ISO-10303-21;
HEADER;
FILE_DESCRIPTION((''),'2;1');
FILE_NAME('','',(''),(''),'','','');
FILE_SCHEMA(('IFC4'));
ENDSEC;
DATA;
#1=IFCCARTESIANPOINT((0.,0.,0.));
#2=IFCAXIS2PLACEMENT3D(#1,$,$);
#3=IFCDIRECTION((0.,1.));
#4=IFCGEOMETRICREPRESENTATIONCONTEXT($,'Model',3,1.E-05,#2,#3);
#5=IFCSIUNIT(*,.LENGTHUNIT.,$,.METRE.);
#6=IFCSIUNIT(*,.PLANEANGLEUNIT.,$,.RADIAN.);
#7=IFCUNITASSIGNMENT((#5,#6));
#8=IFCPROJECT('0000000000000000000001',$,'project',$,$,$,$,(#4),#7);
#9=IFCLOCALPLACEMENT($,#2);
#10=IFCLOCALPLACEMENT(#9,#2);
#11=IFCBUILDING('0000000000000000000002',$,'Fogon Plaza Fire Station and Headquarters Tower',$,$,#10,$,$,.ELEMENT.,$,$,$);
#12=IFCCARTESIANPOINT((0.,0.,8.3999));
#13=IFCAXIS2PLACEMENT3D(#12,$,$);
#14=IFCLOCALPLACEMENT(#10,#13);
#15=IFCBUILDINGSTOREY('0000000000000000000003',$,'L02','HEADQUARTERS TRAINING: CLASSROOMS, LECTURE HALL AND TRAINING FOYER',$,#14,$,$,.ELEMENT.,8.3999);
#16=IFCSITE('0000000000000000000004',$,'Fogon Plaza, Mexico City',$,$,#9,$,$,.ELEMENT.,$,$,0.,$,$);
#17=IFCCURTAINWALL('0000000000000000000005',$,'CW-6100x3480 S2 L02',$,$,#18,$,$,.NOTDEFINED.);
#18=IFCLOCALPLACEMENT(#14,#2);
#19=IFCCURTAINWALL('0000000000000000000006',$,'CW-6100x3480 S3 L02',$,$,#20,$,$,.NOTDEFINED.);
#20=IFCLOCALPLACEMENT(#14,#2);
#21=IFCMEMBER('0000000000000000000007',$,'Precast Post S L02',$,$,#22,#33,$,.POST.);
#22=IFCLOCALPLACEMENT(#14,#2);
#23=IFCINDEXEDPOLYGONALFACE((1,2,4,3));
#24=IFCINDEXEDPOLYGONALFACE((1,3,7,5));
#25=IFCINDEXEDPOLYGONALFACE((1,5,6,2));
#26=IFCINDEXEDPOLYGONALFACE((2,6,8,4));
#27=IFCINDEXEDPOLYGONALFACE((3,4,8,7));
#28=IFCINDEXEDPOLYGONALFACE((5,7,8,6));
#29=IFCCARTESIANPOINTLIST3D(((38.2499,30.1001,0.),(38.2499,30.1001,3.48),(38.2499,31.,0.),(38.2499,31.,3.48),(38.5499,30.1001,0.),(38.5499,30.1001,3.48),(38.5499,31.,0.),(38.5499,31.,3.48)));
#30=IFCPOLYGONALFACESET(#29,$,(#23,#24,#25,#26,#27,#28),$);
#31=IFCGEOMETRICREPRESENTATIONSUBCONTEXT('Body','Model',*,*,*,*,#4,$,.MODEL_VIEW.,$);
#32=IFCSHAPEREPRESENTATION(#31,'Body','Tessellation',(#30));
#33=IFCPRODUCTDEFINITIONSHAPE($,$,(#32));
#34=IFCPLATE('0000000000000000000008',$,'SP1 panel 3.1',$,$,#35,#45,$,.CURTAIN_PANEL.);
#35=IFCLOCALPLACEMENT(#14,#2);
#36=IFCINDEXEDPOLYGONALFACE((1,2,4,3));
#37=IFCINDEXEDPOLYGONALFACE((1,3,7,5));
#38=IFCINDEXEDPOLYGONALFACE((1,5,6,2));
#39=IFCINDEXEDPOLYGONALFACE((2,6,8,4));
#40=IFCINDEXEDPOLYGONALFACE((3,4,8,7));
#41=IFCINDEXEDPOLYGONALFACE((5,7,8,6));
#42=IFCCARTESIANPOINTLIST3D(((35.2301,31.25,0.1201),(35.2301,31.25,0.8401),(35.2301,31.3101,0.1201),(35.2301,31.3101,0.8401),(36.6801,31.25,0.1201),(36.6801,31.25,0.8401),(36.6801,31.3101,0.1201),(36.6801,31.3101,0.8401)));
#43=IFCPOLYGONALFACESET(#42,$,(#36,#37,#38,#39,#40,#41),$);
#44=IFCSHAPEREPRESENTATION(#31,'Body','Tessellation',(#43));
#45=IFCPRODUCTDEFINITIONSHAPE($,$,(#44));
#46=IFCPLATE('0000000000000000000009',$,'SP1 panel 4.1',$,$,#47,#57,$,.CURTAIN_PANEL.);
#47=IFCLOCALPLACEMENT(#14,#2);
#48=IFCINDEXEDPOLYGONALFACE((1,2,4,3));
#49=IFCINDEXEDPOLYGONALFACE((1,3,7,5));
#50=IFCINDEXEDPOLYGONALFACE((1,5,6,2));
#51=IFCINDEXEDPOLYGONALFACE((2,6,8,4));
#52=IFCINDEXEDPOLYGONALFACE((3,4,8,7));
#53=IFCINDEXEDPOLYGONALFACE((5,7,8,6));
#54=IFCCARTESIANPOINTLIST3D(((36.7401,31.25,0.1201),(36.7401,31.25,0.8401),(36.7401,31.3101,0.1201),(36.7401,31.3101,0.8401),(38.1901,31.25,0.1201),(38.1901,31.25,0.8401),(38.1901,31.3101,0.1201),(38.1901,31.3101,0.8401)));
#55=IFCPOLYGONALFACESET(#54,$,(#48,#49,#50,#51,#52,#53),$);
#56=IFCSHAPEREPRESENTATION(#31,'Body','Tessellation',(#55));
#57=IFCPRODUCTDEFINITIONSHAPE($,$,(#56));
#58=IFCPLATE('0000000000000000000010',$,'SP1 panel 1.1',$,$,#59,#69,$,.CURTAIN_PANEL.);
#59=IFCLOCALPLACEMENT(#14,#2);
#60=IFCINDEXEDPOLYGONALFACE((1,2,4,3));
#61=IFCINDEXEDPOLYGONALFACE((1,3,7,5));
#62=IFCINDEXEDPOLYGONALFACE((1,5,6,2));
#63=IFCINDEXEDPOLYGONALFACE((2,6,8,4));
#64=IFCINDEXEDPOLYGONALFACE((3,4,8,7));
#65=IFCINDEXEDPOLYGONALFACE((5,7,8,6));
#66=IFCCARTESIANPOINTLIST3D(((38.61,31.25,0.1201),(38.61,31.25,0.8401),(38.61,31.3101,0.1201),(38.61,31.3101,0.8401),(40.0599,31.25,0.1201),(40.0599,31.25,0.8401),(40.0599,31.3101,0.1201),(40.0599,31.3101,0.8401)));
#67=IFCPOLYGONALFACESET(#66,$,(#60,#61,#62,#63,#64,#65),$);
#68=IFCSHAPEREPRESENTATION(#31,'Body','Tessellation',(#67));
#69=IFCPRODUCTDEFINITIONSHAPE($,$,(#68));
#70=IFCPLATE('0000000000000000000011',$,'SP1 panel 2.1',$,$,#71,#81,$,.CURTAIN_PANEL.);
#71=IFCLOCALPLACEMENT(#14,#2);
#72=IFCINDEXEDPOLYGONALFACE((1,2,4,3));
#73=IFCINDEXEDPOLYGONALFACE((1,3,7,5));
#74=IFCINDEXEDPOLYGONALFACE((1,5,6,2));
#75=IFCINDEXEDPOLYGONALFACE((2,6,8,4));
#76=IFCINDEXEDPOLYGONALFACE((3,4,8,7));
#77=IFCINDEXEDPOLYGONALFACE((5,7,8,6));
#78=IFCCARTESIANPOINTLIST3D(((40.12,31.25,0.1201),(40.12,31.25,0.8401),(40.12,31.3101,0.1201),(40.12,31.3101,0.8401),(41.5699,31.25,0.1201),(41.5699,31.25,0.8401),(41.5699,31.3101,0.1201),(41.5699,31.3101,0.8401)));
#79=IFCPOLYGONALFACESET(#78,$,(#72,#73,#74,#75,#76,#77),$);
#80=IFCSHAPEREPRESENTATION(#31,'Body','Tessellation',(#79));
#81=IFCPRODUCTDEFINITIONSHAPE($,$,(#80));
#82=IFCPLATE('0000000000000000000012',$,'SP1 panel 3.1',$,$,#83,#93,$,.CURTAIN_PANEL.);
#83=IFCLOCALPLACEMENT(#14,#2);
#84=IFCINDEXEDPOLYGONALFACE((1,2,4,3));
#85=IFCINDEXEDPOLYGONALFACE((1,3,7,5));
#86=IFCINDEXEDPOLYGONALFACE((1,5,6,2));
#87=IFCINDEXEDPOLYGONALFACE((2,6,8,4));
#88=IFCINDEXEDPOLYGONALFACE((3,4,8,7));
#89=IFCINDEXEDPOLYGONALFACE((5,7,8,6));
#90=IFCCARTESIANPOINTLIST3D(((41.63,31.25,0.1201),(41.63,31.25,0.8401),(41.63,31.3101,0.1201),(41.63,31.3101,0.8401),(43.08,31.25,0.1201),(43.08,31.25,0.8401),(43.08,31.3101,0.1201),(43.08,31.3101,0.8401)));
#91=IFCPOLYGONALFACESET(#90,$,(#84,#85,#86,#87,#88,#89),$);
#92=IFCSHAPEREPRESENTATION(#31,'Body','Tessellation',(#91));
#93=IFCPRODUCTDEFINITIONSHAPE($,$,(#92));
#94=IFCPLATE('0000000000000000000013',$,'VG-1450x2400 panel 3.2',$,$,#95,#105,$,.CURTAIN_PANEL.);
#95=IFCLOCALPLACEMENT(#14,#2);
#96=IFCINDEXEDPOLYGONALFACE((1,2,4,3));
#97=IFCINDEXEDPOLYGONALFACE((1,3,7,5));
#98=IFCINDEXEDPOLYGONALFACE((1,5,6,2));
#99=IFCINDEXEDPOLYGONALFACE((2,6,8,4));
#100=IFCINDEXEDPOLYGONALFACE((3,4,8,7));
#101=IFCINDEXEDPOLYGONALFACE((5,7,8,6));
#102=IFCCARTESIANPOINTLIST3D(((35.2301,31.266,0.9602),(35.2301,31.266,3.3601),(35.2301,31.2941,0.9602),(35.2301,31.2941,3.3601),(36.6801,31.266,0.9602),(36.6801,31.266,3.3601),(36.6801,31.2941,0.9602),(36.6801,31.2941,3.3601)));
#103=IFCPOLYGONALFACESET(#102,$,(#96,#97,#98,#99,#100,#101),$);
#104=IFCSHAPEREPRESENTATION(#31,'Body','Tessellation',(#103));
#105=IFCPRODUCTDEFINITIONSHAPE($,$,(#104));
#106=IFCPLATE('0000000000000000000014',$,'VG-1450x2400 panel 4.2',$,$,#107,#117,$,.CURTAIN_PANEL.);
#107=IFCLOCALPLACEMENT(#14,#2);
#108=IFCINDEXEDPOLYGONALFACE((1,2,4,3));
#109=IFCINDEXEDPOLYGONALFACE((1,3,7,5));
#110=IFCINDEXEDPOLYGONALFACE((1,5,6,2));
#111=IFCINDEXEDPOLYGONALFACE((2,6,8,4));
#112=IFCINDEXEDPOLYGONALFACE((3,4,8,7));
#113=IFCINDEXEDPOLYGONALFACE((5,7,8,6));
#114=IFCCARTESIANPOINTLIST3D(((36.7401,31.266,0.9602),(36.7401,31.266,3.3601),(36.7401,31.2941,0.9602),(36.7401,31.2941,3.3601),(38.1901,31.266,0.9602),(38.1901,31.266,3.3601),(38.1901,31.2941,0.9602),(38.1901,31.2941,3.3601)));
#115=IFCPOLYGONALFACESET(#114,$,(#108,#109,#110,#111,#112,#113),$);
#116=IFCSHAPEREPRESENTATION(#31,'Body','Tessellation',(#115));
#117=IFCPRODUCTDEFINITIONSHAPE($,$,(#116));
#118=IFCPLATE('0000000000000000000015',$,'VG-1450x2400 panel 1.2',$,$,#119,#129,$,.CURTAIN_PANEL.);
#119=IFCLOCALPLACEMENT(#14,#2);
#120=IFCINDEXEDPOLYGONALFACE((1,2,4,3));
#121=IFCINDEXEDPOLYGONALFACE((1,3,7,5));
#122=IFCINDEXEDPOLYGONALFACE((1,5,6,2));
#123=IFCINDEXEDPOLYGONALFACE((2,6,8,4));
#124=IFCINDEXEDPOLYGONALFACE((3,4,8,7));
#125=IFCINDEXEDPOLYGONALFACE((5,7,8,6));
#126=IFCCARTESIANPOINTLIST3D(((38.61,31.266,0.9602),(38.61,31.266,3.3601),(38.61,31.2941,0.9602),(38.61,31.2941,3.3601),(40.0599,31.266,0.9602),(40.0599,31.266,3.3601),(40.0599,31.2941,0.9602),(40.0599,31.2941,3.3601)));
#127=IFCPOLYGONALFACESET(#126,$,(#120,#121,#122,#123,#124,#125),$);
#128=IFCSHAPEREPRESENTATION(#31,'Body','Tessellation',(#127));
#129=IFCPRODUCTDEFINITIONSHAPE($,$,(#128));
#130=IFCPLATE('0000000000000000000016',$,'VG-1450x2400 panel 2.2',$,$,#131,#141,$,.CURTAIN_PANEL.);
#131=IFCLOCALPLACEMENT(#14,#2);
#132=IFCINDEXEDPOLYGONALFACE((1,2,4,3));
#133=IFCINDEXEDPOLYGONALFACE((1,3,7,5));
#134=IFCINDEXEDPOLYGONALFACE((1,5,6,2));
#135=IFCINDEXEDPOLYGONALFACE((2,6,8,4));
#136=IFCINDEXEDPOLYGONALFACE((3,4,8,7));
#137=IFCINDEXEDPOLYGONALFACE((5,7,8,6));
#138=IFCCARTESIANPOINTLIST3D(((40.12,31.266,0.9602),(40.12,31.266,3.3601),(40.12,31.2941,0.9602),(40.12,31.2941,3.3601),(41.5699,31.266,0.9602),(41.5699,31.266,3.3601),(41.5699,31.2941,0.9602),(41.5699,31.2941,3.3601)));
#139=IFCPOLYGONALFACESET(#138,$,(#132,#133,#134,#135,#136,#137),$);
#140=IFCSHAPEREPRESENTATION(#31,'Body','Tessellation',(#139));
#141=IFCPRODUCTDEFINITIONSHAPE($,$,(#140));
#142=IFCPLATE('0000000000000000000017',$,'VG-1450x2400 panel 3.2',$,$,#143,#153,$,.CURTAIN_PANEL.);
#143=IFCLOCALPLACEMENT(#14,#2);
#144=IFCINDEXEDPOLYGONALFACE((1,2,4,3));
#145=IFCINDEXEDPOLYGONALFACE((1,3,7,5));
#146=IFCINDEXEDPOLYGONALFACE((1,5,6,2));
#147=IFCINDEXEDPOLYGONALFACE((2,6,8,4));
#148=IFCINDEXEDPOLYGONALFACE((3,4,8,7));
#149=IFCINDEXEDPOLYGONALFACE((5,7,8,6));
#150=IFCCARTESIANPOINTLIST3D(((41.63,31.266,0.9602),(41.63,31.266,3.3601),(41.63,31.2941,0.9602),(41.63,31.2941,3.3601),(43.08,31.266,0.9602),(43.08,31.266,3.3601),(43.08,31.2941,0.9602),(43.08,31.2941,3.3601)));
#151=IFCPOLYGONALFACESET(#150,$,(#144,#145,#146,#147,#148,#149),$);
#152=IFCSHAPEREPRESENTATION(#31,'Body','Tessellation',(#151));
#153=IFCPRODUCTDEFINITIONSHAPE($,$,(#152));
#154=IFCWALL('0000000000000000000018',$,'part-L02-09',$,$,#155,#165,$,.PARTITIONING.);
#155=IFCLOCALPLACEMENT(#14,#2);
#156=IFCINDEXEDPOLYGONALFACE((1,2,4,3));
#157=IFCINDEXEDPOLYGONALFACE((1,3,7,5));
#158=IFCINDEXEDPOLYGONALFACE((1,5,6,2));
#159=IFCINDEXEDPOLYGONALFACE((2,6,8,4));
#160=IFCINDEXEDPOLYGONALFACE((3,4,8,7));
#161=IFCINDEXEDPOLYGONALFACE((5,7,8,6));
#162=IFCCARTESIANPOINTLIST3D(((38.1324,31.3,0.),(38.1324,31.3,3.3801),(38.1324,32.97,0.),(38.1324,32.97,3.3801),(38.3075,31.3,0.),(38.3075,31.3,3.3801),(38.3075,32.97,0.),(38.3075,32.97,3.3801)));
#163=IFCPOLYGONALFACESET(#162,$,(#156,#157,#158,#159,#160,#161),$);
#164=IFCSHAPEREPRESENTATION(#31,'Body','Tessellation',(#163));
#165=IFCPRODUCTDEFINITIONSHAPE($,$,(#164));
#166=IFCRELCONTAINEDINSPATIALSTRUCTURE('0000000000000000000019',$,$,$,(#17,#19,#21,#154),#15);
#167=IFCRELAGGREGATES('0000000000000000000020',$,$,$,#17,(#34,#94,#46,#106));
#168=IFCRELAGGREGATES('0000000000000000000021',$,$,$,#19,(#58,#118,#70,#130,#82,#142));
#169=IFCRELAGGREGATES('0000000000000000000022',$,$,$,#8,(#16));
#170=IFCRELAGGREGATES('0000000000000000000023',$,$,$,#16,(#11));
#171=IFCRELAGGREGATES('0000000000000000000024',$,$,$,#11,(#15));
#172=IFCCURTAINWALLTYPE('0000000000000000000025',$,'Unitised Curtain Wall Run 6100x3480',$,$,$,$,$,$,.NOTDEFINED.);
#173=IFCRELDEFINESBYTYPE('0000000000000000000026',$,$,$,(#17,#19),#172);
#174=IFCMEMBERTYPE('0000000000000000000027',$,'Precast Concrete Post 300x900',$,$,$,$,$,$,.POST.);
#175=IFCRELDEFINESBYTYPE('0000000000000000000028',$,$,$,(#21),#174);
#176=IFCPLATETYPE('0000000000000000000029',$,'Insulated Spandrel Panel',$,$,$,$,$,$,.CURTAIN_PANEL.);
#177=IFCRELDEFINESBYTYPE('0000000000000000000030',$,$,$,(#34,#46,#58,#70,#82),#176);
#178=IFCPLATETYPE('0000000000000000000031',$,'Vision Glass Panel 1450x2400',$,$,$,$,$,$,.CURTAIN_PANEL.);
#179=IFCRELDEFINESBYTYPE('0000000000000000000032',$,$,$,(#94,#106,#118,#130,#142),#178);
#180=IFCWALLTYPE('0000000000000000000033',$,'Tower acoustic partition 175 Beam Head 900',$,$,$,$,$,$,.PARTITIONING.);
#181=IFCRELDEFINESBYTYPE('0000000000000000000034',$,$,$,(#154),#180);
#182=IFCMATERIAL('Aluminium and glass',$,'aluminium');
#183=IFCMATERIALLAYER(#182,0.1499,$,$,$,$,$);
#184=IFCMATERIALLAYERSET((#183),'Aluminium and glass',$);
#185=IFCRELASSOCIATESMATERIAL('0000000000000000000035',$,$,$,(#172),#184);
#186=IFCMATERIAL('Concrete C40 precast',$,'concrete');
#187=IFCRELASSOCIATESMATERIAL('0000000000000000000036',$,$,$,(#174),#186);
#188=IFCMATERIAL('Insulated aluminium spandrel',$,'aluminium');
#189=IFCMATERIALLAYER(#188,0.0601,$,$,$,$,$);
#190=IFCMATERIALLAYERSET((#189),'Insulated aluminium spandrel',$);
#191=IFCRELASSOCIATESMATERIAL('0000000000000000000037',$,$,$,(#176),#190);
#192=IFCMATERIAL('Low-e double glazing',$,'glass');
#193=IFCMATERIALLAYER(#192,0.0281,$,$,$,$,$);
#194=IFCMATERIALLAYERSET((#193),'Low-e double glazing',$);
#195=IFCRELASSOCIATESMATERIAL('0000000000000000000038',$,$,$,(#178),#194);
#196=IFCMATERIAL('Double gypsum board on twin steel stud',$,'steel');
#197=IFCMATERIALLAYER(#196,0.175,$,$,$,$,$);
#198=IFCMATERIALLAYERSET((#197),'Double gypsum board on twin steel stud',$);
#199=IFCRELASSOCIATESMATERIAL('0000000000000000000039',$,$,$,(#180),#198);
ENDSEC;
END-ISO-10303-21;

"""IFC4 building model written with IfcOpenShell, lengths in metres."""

from ifc_helpers import new_model, si_unit, direction, frame, frame_2d, origin, origin_2d, place, context, subcontext, project, spatial, rectangle, extrude, material, layer, layer_set, material_profile, profile_set, type_object, element, aggregate, save


model = new_model("IFC4")

# Units and contexts
model_context = context("Model", 3, precision=1e-05, world=origin(), true_north=direction((0.0, 1.0)))
body_context = subcontext(model_context, "Body", "Model", "MODEL_VIEW")
ifc_project = project(units=[si_unit("LENGTHUNIT", "METRE"), si_unit("PLANEANGLEUNIT", "RADIAN")], contexts=[model_context])

# Site, building, storey
site_placement = place(None, origin())
site = spatial("IfcSite", under=ifc_project, at=site_placement, Name="Fogon Plaza, Mexico City", CompositionType="ELEMENT", RefElevation=0.0)
building_placement = place(site_placement, origin())
building = spatial("IfcBuilding", under=site, at=building_placement, Name="Fogon Plaza Fire Station and Headquarters Tower", CompositionType="ELEMENT")
storey_placement = place(building_placement, frame((0.0, 0.0, 8.3999)))
storey = spatial("IfcBuildingStorey", under=building, at=storey_placement, Name="L02", Description="HEADQUARTERS TRAINING: CLASSROOMS, LECTURE HALL AND TRAINING FOYER", CompositionType="ELEMENT", Elevation=8.3999)

# Curtain walls
ifc_material_1 = material(Name="Aluminium and glass", Category="aluminium")
ifc_layer_1 = layer(ifc_material_1, 0.1499)
ifc_layer_set_1 = layer_set([ifc_layer_1], Name="Aluminium and glass")
curtain_wall_type = type_object("IfcCurtainWallType", Name="Unitised Curtain Wall Run 6100x3480", PredefinedType="NOTDEFINED", material=ifc_layer_set_1)
curtain_wall_1_placement = place(storey_placement, origin())
curtain_wall_1 = element("IfcCurtainWall", 1, at=curtain_wall_1_placement, inside=storey, type_object=curtain_wall_type, Name="CW-6100x3480 S2 L02", PredefinedType="NOTDEFINED")
curtain_wall_2_placement = place(storey_placement, origin())
curtain_wall_2 = element("IfcCurtainWall", 2, at=curtain_wall_2_placement, inside=storey, type_object=curtain_wall_type, Name="CW-6100x3480 S3 L02", PredefinedType="NOTDEFINED")

# Member
ifc_material_2 = material(Name="Concrete C40 precast", Category="concrete")
ifc_material_profile_1 = material_profile(ifc_material_2, rectangle(XDim=0.3, YDim=0.8999, at=origin_2d()), Name="Precast Concrete Post 300x900")
ifc_profile_set_1 = profile_set([ifc_material_profile_1], Name="Concrete C40 precast")
member_type_1 = type_object("IfcMemberType", Name="Precast Concrete Post 300x900", PredefinedType="POST", material=ifc_profile_set_1)
member_1_placement = place(storey_placement, frame((38.3999, 30.55, 0.0), z_axis=(0.0, 0.0, 1.0), x_axis=(1.0, 0.0, 0.0)))
element("IfcMember", 3, at=member_1_placement, inside=storey, type_object=member_type_1, Name="Precast Post S L02", PredefinedType="POST", context=body_context, shape_type="SweptSolid", body=[
    extrude(rectangle(XDim=0.3, YDim=0.8999, at=origin_2d()), origin(), (0.0, 0.0, 1.0), 3.48),
])

# Plates
ifc_material_3 = material(Name="Insulated aluminium spandrel", Category="aluminium")
ifc_layer_2 = layer(ifc_material_3, 0.0601)
ifc_layer_set_2 = layer_set([ifc_layer_2], Name="Insulated aluminium spandrel")
plate_type_1 = type_object("IfcPlateType", Name="Insulated Spandrel Panel", PredefinedType="CURTAIN_PANEL", material=ifc_layer_set_2)
plate_1_placement = place(storey_placement, frame((35.9551, 31.28, 0.1201), z_axis=(0.0, 0.0, 1.0), x_axis=(1.0, 0.0, 0.0)))
plate_1 = element("IfcPlate", 4, at=plate_1_placement, type_object=plate_type_1, Name="SP1 panel 3.1", PredefinedType="CURTAIN_PANEL", context=body_context, shape_type="SweptSolid", body=[
    extrude(rectangle(XDim=1.45, YDim=0.0601, at=origin_2d()), origin(), (0.0, 0.0, 1.0), 0.72),
])
plate_2_placement = place(storey_placement, frame((37.4651, 31.28, 0.1201), z_axis=(0.0, 0.0, 1.0), x_axis=(1.0, 0.0, 0.0)))
plate_2 = element("IfcPlate", 5, at=plate_2_placement, type_object=plate_type_1, Name="SP1 panel 4.1", PredefinedType="CURTAIN_PANEL", context=body_context, shape_type="SweptSolid", body=[
    extrude(rectangle(XDim=1.45, YDim=0.0601, at=origin_2d()), origin(), (0.0, 0.0, 1.0), 0.72),
])
plate_3_placement = place(storey_placement, frame((39.335, 31.28, 0.1201), z_axis=(0.0, 0.0, 1.0), x_axis=(1.0, 0.0, 0.0)))
plate_3 = element("IfcPlate", 6, at=plate_3_placement, type_object=plate_type_1, Name="SP1 panel 1.1", PredefinedType="CURTAIN_PANEL", context=body_context, shape_type="SweptSolid", body=[
    extrude(rectangle(XDim=1.45, YDim=0.0601, at=origin_2d()), origin(), (0.0, 0.0, 1.0), 0.72),
])
plate_4_placement = place(storey_placement, frame((40.845, 31.28, 0.1201), z_axis=(0.0, 0.0, 1.0), x_axis=(1.0, 0.0, 0.0)))
plate_4 = element("IfcPlate", 7, at=plate_4_placement, type_object=plate_type_1, Name="SP1 panel 2.1", PredefinedType="CURTAIN_PANEL", context=body_context, shape_type="SweptSolid", body=[
    extrude(rectangle(XDim=1.45, YDim=0.0601, at=origin_2d()), origin(), (0.0, 0.0, 1.0), 0.72),
])
plate_5_placement = place(storey_placement, frame((42.355, 31.28, 0.1201), z_axis=(0.0, 0.0, 1.0), x_axis=(1.0, 0.0, 0.0)))
plate_5 = element("IfcPlate", 8, at=plate_5_placement, type_object=plate_type_1, Name="SP1 panel 3.1", PredefinedType="CURTAIN_PANEL", context=body_context, shape_type="SweptSolid", body=[
    extrude(rectangle(XDim=1.45, YDim=0.0601, at=origin_2d()), origin(), (0.0, 0.0, 1.0), 0.72),
])
ifc_material_4 = material(Name="Low-e double glazing", Category="glass")
ifc_layer_3 = layer(ifc_material_4, 0.0281)
ifc_layer_set_3 = layer_set([ifc_layer_3], Name="Low-e double glazing")
plate_type_2 = type_object("IfcPlateType", Name="Vision Glass Panel 1450x2400", PredefinedType="CURTAIN_PANEL", material=ifc_layer_set_3)
plate_6_placement = place(storey_placement, frame((35.9551, 31.28, 0.9602), z_axis=(0.0, 0.0, 1.0), x_axis=(1.0, 0.0, 0.0)))
plate_6 = element("IfcPlate", 9, at=plate_6_placement, type_object=plate_type_2, Name="VG-1450x2400 panel 3.2", PredefinedType="CURTAIN_PANEL", context=body_context, shape_type="SweptSolid", body=[
    extrude(rectangle(XDim=1.45, YDim=0.0281, at=origin_2d()), origin(), (0.0, 0.0, 1.0), 2.3999),
])
plate_7_placement = place(storey_placement, frame((37.4651, 31.28, 0.9602), z_axis=(0.0, 0.0, 1.0), x_axis=(1.0, 0.0, 0.0)))
plate_7 = element("IfcPlate", 10, at=plate_7_placement, type_object=plate_type_2, Name="VG-1450x2400 panel 4.2", PredefinedType="CURTAIN_PANEL", context=body_context, shape_type="SweptSolid", body=[
    extrude(rectangle(XDim=1.45, YDim=0.0281, at=origin_2d()), origin(), (0.0, 0.0, 1.0), 2.3999),
])
aggregate(curtain_wall_1, [plate_1, plate_6, plate_2, plate_7])
plate_8_placement = place(storey_placement, frame((39.335, 31.28, 0.9602), z_axis=(0.0, 0.0, 1.0), x_axis=(1.0, 0.0, 0.0)))
plate_8 = element("IfcPlate", 11, at=plate_8_placement, type_object=plate_type_2, Name="VG-1450x2400 panel 1.2", PredefinedType="CURTAIN_PANEL", context=body_context, shape_type="SweptSolid", body=[
    extrude(rectangle(XDim=1.45, YDim=0.0281, at=origin_2d()), origin(), (0.0, 0.0, 1.0), 2.3999),
])
plate_9_placement = place(storey_placement, frame((40.845, 31.28, 0.9602), z_axis=(0.0, 0.0, 1.0), x_axis=(1.0, 0.0, 0.0)))
plate_9 = element("IfcPlate", 12, at=plate_9_placement, type_object=plate_type_2, Name="VG-1450x2400 panel 2.2", PredefinedType="CURTAIN_PANEL", context=body_context, shape_type="SweptSolid", body=[
    extrude(rectangle(XDim=1.45, YDim=0.0281, at=origin_2d()), origin(), (0.0, 0.0, 1.0), 2.3999),
])
plate_10_placement = place(storey_placement, frame((42.355, 31.28, 0.9602), z_axis=(0.0, 0.0, 1.0), x_axis=(1.0, 0.0, 0.0)))
plate_10 = element("IfcPlate", 13, at=plate_10_placement, type_object=plate_type_2, Name="VG-1450x2400 panel 3.2", PredefinedType="CURTAIN_PANEL", context=body_context, shape_type="SweptSolid", body=[
    extrude(rectangle(XDim=1.45, YDim=0.0281, at=origin_2d()), origin(), (0.0, 0.0, 1.0), 2.3999),
])
aggregate(curtain_wall_2, [plate_3, plate_8, plate_4, plate_9, plate_5, plate_10])

# Wall
ifc_material_5 = material(Name="Double gypsum board on twin steel stud", Category="steel")
ifc_layer_4 = layer(ifc_material_5, 0.175)
ifc_layer_set_4 = layer_set([ifc_layer_4], Name="Double gypsum board on twin steel stud")
wall_type = type_object("IfcWallType", Name="Tower acoustic partition 175 Beam Head 900", PredefinedType="PARTITIONING", material=ifc_layer_set_4)
wall_placement = place(storey_placement, frame((38.22, 31.3, 0.0), z_axis=(0.0, 0.0, 1.0), x_axis=(0.0, 1.0, 0.0)))
element("IfcWall", 14, at=wall_placement, inside=storey, type_object=wall_type, Name="part-L02-09", PredefinedType="PARTITIONING", context=body_context, shape_type="SweptSolid", body=[
    extrude(rectangle(XDim=1.6699, YDim=0.175, at=frame_2d((0.835, 0.0))), origin(), (0.0, 0.0, 1.0), 3.3801),
])

save(model, "model.ifc")
